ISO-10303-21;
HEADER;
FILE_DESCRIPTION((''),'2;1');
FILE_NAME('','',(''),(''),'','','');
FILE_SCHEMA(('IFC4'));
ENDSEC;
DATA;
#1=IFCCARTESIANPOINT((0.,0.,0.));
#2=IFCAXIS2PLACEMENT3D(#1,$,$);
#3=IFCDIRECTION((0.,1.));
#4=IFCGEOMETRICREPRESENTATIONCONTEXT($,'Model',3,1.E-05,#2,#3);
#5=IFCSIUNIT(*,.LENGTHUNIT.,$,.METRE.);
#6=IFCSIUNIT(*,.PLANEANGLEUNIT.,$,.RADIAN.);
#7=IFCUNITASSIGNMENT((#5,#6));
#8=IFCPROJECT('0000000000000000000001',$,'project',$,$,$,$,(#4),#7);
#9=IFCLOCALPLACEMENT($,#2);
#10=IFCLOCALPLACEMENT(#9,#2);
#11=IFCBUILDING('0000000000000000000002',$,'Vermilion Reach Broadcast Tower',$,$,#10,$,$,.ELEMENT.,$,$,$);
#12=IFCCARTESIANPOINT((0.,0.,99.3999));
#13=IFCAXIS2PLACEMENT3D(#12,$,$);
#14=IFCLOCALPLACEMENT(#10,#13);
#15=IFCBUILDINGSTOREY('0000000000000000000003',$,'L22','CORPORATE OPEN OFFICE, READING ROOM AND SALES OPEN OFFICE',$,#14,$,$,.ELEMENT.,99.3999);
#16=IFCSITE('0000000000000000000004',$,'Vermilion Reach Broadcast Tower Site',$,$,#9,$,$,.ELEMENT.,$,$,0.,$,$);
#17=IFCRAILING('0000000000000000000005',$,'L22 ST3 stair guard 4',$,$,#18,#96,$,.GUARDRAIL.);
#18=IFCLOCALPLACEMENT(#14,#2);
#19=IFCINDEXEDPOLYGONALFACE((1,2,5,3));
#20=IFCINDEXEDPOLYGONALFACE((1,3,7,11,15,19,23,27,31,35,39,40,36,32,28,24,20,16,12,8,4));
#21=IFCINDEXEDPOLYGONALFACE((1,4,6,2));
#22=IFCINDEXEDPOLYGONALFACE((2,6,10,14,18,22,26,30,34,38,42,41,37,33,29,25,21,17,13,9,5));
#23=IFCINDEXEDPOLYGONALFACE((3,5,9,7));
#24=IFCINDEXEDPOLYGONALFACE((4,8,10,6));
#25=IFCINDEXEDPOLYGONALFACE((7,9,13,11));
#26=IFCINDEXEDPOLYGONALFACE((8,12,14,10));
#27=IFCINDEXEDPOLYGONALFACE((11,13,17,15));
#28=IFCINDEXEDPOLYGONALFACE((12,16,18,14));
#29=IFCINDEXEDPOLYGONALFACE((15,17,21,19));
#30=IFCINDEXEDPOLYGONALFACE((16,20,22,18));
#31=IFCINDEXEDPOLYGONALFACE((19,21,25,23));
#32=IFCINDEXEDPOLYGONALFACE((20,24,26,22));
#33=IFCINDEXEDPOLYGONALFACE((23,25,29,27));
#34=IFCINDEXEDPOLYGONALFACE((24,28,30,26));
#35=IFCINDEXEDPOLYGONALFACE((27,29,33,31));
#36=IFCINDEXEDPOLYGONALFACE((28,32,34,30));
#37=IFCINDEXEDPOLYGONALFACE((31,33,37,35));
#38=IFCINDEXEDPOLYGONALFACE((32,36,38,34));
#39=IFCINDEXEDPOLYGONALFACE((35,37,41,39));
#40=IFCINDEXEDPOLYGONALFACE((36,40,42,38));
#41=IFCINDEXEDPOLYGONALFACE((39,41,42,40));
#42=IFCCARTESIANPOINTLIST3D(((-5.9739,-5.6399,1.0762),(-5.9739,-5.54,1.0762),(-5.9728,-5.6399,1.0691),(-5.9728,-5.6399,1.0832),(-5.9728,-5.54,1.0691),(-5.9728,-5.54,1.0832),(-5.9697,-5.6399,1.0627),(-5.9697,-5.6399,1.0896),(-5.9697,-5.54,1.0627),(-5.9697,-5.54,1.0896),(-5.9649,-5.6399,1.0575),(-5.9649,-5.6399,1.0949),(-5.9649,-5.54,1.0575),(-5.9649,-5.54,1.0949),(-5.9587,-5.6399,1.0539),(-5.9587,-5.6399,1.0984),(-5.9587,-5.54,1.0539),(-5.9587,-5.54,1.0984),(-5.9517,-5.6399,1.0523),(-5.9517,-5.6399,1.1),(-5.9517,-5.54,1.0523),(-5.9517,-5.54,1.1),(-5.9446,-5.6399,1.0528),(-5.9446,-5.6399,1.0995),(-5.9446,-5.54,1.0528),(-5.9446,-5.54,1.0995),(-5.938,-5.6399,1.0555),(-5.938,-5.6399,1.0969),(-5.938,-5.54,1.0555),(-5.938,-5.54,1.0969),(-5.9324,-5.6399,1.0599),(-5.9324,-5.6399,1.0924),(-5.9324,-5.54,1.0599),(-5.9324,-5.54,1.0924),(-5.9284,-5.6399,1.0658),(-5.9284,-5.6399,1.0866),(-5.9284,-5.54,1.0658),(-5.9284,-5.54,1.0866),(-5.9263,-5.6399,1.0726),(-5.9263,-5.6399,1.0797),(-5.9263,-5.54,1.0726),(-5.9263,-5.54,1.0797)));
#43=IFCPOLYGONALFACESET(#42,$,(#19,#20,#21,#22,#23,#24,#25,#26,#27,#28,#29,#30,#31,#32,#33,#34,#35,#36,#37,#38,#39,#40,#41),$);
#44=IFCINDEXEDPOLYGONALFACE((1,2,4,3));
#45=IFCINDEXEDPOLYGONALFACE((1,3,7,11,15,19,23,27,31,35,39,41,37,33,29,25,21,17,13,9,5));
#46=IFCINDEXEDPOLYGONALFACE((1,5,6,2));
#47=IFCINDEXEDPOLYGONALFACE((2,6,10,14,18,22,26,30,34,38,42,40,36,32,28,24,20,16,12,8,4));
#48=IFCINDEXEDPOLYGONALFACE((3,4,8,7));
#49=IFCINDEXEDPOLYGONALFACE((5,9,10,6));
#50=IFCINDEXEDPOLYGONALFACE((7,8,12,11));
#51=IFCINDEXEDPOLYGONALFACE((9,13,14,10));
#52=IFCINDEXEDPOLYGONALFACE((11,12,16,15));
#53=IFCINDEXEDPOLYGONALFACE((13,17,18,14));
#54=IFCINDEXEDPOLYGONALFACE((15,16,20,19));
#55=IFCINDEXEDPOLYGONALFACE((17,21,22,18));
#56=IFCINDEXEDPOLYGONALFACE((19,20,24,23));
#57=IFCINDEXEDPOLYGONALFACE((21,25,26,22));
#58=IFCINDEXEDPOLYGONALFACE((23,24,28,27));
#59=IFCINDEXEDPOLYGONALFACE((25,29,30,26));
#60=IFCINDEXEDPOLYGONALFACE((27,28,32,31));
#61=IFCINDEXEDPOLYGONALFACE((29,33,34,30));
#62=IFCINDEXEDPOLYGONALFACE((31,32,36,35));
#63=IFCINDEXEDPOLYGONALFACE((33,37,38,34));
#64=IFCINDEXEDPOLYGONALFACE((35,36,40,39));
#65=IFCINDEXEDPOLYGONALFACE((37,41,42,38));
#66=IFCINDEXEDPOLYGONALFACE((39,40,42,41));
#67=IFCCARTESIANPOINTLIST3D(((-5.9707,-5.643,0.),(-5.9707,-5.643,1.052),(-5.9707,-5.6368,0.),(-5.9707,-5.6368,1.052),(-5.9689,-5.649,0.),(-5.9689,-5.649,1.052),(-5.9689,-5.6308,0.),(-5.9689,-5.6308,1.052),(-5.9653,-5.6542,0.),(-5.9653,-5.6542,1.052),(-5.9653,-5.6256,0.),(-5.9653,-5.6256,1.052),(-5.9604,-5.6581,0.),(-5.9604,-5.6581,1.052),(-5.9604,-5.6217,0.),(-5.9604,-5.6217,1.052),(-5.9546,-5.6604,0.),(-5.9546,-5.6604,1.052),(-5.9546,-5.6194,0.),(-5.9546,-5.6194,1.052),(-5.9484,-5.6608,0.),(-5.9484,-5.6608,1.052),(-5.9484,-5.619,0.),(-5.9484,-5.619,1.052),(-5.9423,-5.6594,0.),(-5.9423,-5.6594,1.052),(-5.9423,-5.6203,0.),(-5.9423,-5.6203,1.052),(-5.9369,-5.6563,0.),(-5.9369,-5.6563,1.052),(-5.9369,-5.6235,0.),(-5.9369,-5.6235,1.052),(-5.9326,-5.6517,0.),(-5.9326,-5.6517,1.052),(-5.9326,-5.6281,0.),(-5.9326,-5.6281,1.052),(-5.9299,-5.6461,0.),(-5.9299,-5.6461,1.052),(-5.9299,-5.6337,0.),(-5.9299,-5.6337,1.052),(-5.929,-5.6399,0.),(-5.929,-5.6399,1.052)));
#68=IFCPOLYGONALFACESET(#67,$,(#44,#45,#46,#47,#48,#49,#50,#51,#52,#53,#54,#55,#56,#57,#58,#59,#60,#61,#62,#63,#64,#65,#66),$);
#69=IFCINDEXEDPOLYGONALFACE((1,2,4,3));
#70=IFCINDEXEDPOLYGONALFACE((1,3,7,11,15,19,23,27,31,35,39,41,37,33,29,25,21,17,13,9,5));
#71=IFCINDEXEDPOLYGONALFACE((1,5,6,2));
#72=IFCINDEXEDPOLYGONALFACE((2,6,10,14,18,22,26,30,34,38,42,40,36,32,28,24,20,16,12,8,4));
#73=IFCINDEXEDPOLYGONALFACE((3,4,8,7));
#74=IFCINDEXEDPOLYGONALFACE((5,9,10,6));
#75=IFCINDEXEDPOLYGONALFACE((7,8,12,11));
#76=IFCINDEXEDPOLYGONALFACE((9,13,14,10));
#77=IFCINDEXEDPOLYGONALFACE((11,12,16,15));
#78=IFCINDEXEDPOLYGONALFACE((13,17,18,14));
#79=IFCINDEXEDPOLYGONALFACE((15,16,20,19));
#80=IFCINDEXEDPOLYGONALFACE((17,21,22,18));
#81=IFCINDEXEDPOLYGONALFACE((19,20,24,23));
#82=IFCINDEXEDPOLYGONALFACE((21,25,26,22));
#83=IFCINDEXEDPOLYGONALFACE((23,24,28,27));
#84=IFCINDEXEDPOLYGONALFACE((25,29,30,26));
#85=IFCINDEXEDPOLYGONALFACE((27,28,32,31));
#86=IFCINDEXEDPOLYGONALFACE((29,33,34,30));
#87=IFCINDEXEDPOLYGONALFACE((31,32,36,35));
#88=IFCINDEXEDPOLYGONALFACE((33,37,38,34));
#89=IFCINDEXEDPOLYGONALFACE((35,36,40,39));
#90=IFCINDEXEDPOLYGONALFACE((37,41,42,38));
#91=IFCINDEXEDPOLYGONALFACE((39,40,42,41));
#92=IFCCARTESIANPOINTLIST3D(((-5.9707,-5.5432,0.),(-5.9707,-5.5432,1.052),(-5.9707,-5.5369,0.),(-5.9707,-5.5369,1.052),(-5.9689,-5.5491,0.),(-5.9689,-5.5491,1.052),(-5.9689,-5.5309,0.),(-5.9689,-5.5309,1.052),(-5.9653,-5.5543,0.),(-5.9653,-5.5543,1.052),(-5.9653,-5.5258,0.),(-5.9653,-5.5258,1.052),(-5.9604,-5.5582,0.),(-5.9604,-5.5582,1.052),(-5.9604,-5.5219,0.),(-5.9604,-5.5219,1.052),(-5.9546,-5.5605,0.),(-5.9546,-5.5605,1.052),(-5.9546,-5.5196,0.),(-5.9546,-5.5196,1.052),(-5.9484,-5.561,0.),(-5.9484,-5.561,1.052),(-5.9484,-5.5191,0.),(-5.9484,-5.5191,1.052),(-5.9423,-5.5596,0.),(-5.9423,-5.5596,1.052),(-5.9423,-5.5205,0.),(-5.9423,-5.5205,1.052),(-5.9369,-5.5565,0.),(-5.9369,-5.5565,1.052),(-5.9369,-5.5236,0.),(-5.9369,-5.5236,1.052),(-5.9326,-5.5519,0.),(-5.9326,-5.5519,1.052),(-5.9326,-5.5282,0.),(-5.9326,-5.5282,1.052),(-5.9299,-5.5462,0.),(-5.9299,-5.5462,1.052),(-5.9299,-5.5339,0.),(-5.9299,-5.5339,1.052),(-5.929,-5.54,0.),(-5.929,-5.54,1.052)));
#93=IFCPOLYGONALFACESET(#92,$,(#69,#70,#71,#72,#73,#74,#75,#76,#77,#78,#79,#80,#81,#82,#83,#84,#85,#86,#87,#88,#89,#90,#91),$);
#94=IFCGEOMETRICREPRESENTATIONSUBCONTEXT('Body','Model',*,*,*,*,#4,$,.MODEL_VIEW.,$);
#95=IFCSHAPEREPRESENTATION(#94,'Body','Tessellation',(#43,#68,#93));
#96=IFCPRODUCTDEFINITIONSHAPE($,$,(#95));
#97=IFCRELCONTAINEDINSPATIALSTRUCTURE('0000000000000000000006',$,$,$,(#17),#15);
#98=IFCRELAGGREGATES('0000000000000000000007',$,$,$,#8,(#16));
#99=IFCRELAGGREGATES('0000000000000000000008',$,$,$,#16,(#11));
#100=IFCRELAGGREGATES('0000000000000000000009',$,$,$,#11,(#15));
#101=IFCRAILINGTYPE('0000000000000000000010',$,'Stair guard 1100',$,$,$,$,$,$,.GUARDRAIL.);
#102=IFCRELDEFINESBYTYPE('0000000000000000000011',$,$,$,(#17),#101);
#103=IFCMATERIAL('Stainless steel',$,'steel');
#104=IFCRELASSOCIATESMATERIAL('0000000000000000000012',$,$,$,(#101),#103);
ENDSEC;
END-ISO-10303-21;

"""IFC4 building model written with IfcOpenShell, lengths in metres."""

from ifc_helpers import new_model, si_unit, direction, frame, origin, origin_2d, place, context, subcontext, project, spatial, circle, extrude, material, type_object, element, save


model = new_model("IFC4")

# Units and contexts
model_context = context("Model", 3, precision=1e-05, world=origin(), true_north=direction((0.0, 1.0)))
body_context = subcontext(model_context, "Body", "Model", "MODEL_VIEW")
ifc_project = project(units=[si_unit("LENGTHUNIT", "METRE"), si_unit("PLANEANGLEUNIT", "RADIAN")], contexts=[model_context])

# Site, building, storey
site_placement = place(None, origin())
site = spatial("IfcSite", under=ifc_project, at=site_placement, Name="Vermilion Reach Broadcast Tower Site", CompositionType="ELEMENT", RefElevation=0.0)
building_placement = place(site_placement, origin())
building = spatial("IfcBuilding", under=site, at=building_placement, Name="Vermilion Reach Broadcast Tower", CompositionType="ELEMENT")
storey_placement = place(building_placement, frame((0.0, 0.0, 99.3999)))
storey = spatial("IfcBuildingStorey", under=building, at=storey_placement, Name="L22", Description="CORPORATE OPEN OFFICE, READING ROOM AND SALES OPEN OFFICE", CompositionType="ELEMENT", Elevation=99.3999)

# Railing
ifc_material_1 = material(Name="Stainless steel", Category="steel")
railing_type = type_object("IfcRailingType", Name="Stair guard 1100", PredefinedType="GUARDRAIL", material=ifc_material_1)
railing_placement = place(storey_placement, frame((-5.95, -5.6399, 0.0)))
element("IfcRailing", 1, at=railing_placement, inside=storey, type_object=railing_type, Name="L22 ST3 stair guard 4", PredefinedType="GUARDRAIL", context=body_context, shape_type="SweptSolid", body=[
    extrude(circle(Radius=0.0239, at=origin_2d()), frame((0.0, 0.0, 1.0762), z_axis=(0.0, 1.0, 0.0), x_axis=(-1.0, 0.0, 0.0)), (0.0, 0.0, 1.0), 0.0999),
    extrude(circle(Radius=0.021, at=origin_2d()), origin(), (0.0, 0.0, 1.0), 1.052),
    extrude(circle(Radius=0.021, at=origin_2d()), frame((0.0, 0.0999, 0.0)), (0.0, 0.0, 1.0), 1.052),
])

save(model, "model.ifc")
